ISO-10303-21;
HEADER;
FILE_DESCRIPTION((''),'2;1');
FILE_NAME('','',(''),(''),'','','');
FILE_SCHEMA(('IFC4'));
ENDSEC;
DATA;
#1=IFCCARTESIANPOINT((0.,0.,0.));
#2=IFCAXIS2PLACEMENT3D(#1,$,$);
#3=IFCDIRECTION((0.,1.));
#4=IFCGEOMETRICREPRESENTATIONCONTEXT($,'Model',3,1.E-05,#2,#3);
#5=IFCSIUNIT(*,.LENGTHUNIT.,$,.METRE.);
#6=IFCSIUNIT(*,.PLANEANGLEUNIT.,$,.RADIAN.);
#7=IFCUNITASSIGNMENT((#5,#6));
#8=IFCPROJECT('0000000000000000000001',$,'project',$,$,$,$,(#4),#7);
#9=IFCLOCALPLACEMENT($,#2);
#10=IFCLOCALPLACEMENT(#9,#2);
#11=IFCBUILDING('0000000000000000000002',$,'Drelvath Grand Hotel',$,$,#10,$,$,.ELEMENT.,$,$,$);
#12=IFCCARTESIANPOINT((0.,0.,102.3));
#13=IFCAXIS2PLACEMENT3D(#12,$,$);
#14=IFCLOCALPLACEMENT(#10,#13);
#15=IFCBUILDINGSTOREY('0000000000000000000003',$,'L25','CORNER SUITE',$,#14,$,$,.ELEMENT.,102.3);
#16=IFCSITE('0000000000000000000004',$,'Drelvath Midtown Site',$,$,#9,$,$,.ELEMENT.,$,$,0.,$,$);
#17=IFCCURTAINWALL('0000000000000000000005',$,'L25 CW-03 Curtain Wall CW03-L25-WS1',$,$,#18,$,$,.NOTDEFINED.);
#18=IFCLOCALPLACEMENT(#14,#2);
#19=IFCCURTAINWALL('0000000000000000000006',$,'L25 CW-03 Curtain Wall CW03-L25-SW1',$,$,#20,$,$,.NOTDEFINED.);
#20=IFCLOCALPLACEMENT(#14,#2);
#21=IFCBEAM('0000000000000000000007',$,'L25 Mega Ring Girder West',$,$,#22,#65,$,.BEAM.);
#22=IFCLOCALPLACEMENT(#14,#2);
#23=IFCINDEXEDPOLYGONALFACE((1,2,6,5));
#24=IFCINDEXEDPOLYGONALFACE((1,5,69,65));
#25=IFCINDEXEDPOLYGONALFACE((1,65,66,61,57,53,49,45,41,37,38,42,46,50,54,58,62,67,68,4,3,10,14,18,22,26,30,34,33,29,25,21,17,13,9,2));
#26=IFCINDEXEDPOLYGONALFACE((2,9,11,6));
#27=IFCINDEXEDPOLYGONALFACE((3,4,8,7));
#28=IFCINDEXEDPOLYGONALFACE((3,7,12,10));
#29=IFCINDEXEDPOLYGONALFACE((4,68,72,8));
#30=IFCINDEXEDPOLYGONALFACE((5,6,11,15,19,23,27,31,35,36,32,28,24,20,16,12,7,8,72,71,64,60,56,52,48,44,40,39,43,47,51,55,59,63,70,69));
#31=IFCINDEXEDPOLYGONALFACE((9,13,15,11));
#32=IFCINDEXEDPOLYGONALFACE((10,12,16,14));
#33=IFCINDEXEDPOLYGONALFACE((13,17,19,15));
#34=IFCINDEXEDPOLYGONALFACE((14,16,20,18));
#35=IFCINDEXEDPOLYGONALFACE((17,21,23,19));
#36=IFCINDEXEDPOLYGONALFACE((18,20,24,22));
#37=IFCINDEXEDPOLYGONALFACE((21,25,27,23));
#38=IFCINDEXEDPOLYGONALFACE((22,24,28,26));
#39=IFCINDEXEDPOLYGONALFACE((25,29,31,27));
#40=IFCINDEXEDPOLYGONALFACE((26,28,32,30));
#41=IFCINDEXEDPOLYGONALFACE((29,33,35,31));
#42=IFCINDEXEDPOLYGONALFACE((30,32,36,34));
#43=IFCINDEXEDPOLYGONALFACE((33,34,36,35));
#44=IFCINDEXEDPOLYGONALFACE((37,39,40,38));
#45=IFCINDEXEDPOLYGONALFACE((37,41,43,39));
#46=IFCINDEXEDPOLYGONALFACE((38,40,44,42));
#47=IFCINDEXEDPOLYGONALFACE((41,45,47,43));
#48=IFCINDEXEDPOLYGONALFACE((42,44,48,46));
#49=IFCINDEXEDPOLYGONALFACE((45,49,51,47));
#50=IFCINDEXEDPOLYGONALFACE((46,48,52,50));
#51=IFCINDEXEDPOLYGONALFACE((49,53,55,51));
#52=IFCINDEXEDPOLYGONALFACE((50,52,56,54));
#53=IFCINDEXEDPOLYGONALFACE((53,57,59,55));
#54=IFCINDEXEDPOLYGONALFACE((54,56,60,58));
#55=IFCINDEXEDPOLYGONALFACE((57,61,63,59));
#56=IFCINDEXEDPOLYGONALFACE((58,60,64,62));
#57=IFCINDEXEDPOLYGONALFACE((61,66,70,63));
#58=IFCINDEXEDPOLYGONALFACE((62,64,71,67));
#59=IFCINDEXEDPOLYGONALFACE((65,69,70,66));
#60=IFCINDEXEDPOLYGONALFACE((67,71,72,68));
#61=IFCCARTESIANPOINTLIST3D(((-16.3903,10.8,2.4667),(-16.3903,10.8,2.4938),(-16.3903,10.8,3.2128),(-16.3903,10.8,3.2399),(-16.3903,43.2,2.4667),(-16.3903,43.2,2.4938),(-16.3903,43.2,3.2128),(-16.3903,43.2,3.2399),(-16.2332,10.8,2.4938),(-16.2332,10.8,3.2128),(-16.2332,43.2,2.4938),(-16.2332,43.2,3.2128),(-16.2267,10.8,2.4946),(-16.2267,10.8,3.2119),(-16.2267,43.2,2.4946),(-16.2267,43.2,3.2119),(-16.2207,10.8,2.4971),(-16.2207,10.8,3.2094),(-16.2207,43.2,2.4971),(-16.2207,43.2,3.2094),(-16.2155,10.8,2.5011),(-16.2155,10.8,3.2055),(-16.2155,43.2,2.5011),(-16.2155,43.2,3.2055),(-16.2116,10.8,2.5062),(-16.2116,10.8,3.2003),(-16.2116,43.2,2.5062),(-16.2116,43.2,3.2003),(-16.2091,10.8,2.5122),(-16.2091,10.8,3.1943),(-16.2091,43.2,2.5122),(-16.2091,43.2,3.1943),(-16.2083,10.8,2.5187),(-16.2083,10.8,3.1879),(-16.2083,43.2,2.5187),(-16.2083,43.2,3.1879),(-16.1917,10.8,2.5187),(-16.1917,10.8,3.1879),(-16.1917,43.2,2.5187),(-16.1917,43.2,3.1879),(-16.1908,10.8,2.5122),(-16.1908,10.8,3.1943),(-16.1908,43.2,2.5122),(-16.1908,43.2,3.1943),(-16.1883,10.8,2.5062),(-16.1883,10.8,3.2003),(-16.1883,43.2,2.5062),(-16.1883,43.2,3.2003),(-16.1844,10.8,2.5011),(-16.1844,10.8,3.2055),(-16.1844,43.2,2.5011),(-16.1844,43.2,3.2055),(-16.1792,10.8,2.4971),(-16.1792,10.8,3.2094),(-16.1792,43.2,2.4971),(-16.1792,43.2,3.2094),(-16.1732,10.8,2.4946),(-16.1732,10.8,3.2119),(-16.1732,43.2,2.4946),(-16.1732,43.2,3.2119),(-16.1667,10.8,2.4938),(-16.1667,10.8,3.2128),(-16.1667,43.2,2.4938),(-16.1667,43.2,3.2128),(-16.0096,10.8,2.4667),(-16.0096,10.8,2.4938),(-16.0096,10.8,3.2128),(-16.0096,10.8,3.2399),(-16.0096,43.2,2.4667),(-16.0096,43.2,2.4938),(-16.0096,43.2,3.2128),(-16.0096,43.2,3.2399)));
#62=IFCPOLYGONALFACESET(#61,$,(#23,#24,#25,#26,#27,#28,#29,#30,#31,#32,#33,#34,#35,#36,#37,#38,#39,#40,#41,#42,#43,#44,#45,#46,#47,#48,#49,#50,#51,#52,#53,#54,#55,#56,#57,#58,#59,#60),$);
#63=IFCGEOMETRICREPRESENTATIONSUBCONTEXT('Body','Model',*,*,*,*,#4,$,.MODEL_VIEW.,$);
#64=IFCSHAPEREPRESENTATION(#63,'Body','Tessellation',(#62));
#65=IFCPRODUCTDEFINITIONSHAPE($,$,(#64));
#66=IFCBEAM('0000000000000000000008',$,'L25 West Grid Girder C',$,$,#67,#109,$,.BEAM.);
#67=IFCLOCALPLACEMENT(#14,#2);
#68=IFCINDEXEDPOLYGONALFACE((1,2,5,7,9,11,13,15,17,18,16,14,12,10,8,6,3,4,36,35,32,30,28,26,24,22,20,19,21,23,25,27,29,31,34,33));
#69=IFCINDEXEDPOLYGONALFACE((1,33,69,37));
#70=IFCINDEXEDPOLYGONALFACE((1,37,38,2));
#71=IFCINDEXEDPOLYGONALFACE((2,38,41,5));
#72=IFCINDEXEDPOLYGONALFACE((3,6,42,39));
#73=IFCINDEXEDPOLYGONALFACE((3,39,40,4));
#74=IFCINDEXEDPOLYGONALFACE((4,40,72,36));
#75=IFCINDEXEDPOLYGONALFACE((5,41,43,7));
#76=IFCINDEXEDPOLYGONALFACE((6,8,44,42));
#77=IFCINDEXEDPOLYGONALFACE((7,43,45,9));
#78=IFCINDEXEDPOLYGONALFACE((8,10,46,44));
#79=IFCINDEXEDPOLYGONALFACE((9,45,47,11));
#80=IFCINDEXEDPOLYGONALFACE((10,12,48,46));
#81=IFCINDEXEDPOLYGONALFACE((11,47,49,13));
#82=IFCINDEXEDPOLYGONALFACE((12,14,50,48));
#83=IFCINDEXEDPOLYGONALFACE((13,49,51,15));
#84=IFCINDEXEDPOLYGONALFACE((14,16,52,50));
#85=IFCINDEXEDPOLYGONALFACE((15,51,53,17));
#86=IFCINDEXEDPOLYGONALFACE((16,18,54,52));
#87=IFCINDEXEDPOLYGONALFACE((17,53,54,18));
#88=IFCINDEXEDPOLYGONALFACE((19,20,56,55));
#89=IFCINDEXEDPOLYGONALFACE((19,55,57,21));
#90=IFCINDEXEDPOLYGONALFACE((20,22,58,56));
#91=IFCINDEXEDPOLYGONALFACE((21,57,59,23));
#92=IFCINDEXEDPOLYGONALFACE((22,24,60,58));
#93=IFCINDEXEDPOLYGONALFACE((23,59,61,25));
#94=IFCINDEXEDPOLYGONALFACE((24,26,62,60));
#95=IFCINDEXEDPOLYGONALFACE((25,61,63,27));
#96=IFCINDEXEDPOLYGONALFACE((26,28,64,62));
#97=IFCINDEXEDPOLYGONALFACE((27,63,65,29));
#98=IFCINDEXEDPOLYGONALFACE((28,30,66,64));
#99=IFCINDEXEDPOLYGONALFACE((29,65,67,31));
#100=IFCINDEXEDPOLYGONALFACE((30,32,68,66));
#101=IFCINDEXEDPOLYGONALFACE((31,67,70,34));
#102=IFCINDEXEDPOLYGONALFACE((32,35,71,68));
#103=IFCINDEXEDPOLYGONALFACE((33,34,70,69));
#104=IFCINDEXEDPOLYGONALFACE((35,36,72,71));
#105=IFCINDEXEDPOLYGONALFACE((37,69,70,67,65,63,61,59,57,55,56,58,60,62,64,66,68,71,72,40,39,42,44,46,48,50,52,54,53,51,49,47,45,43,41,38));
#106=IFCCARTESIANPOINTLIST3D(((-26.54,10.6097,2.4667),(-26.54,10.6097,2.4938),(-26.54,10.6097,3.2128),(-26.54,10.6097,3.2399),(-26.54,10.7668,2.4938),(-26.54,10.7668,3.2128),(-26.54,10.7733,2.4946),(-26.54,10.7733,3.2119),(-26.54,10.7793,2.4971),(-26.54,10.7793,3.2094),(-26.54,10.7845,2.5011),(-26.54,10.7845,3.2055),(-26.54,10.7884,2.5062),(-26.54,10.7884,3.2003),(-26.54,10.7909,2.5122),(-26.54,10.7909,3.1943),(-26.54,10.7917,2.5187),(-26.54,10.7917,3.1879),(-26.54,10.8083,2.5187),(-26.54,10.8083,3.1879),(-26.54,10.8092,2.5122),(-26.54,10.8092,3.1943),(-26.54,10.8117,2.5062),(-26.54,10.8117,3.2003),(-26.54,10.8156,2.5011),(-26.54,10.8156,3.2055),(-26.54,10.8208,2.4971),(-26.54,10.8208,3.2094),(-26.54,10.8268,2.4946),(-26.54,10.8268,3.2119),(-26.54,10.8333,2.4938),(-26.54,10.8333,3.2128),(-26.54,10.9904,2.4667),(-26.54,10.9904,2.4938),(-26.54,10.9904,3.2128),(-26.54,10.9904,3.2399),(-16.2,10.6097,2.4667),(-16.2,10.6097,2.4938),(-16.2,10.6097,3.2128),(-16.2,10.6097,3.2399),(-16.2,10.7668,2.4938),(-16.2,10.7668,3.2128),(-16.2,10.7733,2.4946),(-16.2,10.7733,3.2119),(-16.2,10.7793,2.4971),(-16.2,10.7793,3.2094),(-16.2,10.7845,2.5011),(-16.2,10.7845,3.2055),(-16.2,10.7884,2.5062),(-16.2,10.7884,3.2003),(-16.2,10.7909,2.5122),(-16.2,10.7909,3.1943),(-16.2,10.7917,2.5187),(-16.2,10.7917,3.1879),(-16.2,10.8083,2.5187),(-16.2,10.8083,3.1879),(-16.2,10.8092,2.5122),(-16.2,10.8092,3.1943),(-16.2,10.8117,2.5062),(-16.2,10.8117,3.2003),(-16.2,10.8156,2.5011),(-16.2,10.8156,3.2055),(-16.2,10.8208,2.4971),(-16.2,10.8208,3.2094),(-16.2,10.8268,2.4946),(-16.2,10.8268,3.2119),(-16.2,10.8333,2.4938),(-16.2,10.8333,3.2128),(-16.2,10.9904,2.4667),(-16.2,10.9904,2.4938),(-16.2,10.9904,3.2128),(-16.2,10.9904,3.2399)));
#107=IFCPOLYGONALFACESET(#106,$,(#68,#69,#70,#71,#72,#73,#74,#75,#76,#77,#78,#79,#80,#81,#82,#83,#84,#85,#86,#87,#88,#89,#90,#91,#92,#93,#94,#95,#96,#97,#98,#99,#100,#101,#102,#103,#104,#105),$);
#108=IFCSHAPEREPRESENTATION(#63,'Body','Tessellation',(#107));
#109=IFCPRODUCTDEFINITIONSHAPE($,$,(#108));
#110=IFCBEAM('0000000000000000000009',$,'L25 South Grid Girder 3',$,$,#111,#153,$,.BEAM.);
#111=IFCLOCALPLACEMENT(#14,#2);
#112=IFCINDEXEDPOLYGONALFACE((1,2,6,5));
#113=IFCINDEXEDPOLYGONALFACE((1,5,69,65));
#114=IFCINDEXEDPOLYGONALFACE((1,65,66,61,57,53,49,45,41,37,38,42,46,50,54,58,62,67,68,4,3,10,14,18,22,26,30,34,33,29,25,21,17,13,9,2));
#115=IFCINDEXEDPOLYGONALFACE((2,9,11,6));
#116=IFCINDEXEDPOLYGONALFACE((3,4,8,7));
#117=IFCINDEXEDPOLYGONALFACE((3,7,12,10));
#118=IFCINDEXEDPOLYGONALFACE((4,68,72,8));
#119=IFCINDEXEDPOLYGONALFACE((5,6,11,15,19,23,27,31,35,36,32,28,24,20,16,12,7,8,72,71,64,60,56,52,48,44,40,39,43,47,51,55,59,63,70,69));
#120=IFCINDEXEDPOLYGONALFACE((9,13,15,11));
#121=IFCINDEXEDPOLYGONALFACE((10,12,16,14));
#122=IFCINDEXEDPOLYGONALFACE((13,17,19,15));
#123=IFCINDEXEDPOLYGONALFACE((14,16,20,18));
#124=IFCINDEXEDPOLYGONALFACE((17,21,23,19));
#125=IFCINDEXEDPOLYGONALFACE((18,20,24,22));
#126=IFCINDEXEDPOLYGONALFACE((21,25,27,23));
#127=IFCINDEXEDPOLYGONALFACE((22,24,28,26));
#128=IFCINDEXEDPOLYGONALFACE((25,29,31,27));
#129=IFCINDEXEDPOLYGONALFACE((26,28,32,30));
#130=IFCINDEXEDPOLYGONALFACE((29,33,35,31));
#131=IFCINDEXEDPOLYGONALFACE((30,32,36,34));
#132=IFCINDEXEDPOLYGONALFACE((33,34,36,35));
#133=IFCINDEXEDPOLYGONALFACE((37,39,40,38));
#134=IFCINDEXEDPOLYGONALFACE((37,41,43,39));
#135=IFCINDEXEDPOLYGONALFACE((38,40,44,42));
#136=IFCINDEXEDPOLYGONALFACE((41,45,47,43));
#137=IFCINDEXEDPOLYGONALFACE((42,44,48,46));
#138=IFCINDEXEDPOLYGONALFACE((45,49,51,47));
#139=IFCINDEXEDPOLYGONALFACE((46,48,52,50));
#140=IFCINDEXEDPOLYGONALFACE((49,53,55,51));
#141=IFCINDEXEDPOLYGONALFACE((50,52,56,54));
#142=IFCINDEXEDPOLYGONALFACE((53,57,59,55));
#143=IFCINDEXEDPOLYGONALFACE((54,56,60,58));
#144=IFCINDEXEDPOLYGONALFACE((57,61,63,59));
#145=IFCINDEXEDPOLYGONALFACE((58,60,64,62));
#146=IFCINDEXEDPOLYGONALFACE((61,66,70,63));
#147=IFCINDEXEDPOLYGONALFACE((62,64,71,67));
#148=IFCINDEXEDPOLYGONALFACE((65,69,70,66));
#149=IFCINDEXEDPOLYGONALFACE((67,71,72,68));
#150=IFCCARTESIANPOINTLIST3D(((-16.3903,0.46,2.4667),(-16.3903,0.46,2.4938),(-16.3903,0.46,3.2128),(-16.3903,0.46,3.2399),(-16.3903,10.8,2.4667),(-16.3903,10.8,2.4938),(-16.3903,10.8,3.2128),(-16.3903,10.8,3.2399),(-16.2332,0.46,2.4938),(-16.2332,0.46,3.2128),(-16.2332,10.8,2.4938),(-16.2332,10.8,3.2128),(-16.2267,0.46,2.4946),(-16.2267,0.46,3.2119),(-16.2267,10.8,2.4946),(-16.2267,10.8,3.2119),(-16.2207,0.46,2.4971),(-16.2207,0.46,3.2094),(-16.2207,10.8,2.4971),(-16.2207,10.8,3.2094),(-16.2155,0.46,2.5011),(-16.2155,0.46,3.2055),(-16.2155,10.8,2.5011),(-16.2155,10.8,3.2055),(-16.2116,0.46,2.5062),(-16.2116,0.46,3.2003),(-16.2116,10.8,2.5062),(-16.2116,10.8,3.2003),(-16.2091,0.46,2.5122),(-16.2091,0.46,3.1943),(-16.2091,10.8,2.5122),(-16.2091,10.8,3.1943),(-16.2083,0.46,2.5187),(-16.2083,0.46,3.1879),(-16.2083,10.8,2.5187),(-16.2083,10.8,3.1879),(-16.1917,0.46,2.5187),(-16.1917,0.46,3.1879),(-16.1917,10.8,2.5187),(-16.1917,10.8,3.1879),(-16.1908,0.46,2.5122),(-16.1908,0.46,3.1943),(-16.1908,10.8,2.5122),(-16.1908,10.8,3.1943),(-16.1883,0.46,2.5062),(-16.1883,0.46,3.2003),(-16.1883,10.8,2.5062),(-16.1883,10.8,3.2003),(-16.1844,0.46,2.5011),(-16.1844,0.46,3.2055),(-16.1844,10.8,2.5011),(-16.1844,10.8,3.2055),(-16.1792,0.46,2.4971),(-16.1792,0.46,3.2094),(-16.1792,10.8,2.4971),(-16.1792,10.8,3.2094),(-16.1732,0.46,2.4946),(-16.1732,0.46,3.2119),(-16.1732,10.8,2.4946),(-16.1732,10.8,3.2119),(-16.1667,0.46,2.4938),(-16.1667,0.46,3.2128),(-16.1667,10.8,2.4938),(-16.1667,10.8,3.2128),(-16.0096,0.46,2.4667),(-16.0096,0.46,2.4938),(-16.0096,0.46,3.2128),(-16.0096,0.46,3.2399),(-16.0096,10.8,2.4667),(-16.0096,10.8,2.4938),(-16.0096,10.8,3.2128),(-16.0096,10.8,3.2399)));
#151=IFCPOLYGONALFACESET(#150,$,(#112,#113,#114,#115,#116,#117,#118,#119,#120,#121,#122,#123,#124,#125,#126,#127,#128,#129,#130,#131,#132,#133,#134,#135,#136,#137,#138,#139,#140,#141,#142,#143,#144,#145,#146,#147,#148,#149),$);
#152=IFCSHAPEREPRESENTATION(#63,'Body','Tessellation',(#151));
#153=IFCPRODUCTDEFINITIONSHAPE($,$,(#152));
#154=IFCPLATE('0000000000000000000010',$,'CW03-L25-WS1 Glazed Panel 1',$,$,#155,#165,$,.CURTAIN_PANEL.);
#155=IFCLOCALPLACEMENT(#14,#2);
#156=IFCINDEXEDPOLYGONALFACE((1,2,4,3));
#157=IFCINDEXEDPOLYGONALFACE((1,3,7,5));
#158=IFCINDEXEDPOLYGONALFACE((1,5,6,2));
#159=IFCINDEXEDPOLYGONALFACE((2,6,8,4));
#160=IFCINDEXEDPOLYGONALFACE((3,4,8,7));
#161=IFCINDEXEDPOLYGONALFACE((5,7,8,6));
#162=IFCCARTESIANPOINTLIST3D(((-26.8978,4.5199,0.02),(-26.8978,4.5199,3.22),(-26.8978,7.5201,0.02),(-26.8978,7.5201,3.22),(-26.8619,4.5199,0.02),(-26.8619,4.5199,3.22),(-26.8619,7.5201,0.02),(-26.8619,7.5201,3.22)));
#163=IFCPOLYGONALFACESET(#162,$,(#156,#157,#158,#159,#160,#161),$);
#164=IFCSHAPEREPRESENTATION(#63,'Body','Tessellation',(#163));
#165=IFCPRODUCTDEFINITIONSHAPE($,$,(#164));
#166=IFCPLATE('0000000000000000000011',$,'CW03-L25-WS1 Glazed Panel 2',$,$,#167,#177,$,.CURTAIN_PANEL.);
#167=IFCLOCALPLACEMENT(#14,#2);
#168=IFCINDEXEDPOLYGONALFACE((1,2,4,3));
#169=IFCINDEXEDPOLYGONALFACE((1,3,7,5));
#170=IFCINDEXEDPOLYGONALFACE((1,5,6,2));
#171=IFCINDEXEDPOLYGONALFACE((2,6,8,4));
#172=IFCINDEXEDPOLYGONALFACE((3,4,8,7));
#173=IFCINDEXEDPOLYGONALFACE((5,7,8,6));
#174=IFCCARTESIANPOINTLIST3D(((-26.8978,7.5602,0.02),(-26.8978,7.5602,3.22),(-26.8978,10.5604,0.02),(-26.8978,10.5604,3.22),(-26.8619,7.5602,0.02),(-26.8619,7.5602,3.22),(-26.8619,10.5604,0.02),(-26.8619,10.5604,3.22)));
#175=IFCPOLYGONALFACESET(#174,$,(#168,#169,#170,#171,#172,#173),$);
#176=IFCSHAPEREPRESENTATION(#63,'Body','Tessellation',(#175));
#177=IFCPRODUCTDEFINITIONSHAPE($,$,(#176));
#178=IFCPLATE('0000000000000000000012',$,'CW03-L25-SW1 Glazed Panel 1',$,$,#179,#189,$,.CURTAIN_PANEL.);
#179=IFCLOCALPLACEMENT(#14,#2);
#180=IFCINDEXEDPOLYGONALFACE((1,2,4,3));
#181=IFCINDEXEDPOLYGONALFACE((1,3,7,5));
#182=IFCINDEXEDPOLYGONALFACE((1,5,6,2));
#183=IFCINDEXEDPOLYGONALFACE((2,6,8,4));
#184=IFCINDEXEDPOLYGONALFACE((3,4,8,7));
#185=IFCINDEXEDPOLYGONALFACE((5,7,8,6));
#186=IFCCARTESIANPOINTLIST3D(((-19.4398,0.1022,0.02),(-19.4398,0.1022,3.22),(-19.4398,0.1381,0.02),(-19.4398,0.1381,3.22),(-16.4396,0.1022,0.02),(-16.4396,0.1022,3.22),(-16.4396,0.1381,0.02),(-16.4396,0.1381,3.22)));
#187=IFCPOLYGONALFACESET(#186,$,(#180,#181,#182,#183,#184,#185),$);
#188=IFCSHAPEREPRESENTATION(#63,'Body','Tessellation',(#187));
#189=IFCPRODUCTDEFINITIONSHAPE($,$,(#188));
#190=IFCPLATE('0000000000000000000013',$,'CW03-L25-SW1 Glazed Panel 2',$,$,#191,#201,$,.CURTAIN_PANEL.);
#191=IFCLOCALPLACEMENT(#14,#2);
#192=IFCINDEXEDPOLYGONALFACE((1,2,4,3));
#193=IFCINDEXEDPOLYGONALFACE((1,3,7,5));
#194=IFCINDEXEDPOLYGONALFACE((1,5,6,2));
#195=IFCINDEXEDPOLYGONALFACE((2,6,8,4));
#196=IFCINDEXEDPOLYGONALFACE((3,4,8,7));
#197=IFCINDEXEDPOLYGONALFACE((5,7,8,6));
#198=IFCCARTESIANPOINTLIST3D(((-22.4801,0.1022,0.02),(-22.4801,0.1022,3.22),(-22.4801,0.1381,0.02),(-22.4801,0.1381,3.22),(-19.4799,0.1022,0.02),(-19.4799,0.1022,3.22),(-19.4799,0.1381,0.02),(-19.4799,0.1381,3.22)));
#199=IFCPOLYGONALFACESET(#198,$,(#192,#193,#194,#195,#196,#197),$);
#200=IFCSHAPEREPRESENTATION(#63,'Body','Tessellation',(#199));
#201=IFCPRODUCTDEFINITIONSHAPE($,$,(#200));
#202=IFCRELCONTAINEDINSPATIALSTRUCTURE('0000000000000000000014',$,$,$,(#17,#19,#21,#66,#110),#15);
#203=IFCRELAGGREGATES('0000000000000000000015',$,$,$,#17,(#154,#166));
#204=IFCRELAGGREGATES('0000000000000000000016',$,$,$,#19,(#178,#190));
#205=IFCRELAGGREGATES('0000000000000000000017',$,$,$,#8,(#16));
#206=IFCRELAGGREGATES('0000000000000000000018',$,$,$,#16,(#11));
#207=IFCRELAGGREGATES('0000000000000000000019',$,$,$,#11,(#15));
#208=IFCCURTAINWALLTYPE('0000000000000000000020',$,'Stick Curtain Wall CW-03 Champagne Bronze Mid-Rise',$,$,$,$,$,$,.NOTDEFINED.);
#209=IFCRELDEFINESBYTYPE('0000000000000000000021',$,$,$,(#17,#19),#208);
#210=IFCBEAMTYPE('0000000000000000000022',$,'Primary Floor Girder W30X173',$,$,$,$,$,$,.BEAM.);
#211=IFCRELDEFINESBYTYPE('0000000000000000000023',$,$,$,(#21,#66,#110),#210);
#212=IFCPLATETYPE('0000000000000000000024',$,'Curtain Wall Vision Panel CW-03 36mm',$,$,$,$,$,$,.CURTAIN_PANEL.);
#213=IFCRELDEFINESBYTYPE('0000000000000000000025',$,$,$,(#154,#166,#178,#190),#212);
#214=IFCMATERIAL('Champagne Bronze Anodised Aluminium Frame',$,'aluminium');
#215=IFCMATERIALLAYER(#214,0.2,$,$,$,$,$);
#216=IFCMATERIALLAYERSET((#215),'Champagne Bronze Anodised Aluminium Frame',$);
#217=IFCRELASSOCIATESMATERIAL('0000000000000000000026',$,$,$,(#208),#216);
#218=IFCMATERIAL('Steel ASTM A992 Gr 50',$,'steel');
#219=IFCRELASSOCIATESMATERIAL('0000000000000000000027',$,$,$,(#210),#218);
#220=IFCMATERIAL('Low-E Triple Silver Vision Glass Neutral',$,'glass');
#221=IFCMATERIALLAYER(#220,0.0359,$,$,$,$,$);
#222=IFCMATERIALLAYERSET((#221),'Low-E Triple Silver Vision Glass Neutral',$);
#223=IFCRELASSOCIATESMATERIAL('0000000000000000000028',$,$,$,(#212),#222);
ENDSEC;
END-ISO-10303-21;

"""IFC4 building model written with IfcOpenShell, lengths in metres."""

from ifc_helpers import new_model, si_unit, direction, frame, origin, origin_2d, place, context, subcontext, project, spatial, rectangle, i_section, extrude, material, layer, layer_set, material_profile, profile_set, type_object, element, aggregate, save


model = new_model("IFC4")

# Units and contexts
model_context = context("Model", 3, precision=1e-05, world=origin(), true_north=direction((0.0, 1.0)))
body_context = subcontext(model_context, "Body", "Model", "MODEL_VIEW")
ifc_project = project(units=[si_unit("LENGTHUNIT", "METRE"), si_unit("PLANEANGLEUNIT", "RADIAN")], contexts=[model_context])

# Site, building, storey
site_placement = place(None, origin())
site = spatial("IfcSite", under=ifc_project, at=site_placement, Name="Drelvath Midtown Site", CompositionType="ELEMENT", RefElevation=0.0)
building_placement = place(site_placement, origin())
building = spatial("IfcBuilding", under=site, at=building_placement, Name="Drelvath Grand Hotel", CompositionType="ELEMENT")
storey_placement = place(building_placement, frame((0.0, 0.0, 102.3)))
storey = spatial("IfcBuildingStorey", under=building, at=storey_placement, Name="L25", Description="CORNER SUITE", CompositionType="ELEMENT", Elevation=102.3)

# Curtain walls
ifc_material_1 = material(Name="Champagne Bronze Anodised Aluminium Frame", Category="aluminium")
ifc_layer_1 = layer(ifc_material_1, 0.2)
ifc_layer_set_1 = layer_set([ifc_layer_1], Name="Champagne Bronze Anodised Aluminium Frame")
curtain_wall_type = type_object("IfcCurtainWallType", Name="Stick Curtain Wall CW-03 Champagne Bronze Mid-Rise", PredefinedType="NOTDEFINED", material=ifc_layer_set_1)
curtain_wall_1_placement = place(storey_placement, origin())
curtain_wall_1 = element("IfcCurtainWall", 1, at=curtain_wall_1_placement, inside=storey, type_object=curtain_wall_type, Name="L25 CW-03 Curtain Wall CW03-L25-WS1", PredefinedType="NOTDEFINED")
curtain_wall_2_placement = place(storey_placement, origin())
curtain_wall_2 = element("IfcCurtainWall", 2, at=curtain_wall_2_placement, inside=storey, type_object=curtain_wall_type, Name="L25 CW-03 Curtain Wall CW03-L25-SW1", PredefinedType="NOTDEFINED")

# Beams
ifc_material_2 = material(Name="Steel ASTM A992 Gr 50", Category="steel")
ifc_material_profile_1 = material_profile(ifc_material_2, i_section(OverallWidth=0.3806, OverallDepth=0.7732, WebThickness=0.0166, FlangeThickness=0.0271, FilletRadius=0.0249, at=origin_2d()), Name="W30X173")
ifc_profile_set_1 = profile_set([ifc_material_profile_1], Name="Steel ASTM A992 Gr 50")
beam_type_1 = type_object("IfcBeamType", Name="Primary Floor Girder W30X173", PredefinedType="BEAM", material=ifc_profile_set_1)
for number, where, z_axis, x_axis, name in (
    (3, (-16.2, 10.8, 2.8533), (0.0, 1.0, 0.0), (-1.0, 0.0, 0.0), "L25 Mega Ring Girder West"),
):
    element("IfcBeam", number, at=place(storey_placement, frame(where, z_axis=z_axis, x_axis=x_axis)), inside=storey, type_object=beam_type_1, Name=name, PredefinedType="BEAM", context=body_context, shape_type="SweptSolid", body=[
        extrude(i_section(OverallWidth=0.3806, OverallDepth=0.7732, WebThickness=0.0166, FlangeThickness=0.0271, FilletRadius=0.0249, at=origin_2d()), origin(), (0.0, 0.0, 1.0), 32.3999),
    ])
for number, where, z_axis, x_axis, name in (
    (4, (-26.54, 10.8, 2.8533), (1.0, 0.0, 0.0), (0.0, 1.0, 0.0), "L25 West Grid Girder C"),
    (5, (-16.2, 0.46, 2.8533), (0.0, 1.0, 0.0), (-1.0, 0.0, 0.0), "L25 South Grid Girder 3"),
):
    element("IfcBeam", number, at=place(storey_placement, frame(where, z_axis=z_axis, x_axis=x_axis)), inside=storey, type_object=beam_type_1, Name=name, PredefinedType="BEAM", context=body_context, shape_type="SweptSolid", body=[
        extrude(i_section(OverallWidth=0.3806, OverallDepth=0.7732, WebThickness=0.0166, FlangeThickness=0.0271, FilletRadius=0.0249, at=origin_2d()), origin(), (0.0, 0.0, 1.0), 10.3401),
    ])

# Plates
ifc_material_3 = material(Name="Low-E Triple Silver Vision Glass Neutral", Category="glass")
ifc_layer_2 = layer(ifc_material_3, 0.0359)
ifc_layer_set_2 = layer_set([ifc_layer_2], Name="Low-E Triple Silver Vision Glass Neutral")
plate_type = type_object("IfcPlateType", Name="Curtain Wall Vision Panel CW-03 36mm", PredefinedType="CURTAIN_PANEL", material=ifc_layer_set_2)
plate_1_placement = place(storey_placement, frame((-26.8799, 6.02, 0.02), z_axis=(0.0, 0.0, 1.0), x_axis=(0.0, 1.0, 0.0)))
plate_1 = element("IfcPlate", 6, at=plate_1_placement, type_object=plate_type, Name="CW03-L25-WS1 Glazed Panel 1", PredefinedType="CURTAIN_PANEL", context=body_context, shape_type="SweptSolid", body=[
    extrude(rectangle(XDim=3.0002, YDim=0.0359, at=origin_2d()), origin(), (0.0, 0.0, 1.0), 3.2),
])
plate_2_placement = place(storey_placement, frame((-26.8799, 9.0603, 0.02), z_axis=(0.0, 0.0, 1.0), x_axis=(0.0, 1.0, 0.0)))
plate_2 = element("IfcPlate", 7, at=plate_2_placement, type_object=plate_type, Name="CW03-L25-WS1 Glazed Panel 2", PredefinedType="CURTAIN_PANEL", context=body_context, shape_type="SweptSolid", body=[
    extrude(rectangle(XDim=3.0002, YDim=0.0359, at=origin_2d()), origin(), (0.0, 0.0, 1.0), 3.2),
])
aggregate(curtain_wall_1, [plate_1, plate_2])
plate_3_placement = place(storey_placement, frame((-17.9397, 0.1201, 0.02), z_axis=(0.0, 0.0, 1.0), x_axis=(-1.0, 0.0, 0.0)))
plate_3 = element("IfcPlate", 8, at=plate_3_placement, type_object=plate_type, Name="CW03-L25-SW1 Glazed Panel 1", PredefinedType="CURTAIN_PANEL", context=body_context, shape_type="SweptSolid", body=[
    extrude(rectangle(XDim=3.0002, YDim=0.0359, at=origin_2d()), origin(), (0.0, 0.0, 1.0), 3.2),
])
plate_4_placement = place(storey_placement, frame((-20.98, 0.1201, 0.02), z_axis=(0.0, 0.0, 1.0), x_axis=(-1.0, 0.0, 0.0)))
plate_4 = element("IfcPlate", 9, at=plate_4_placement, type_object=plate_type, Name="CW03-L25-SW1 Glazed Panel 2", PredefinedType="CURTAIN_PANEL", context=body_context, shape_type="SweptSolid", body=[
    extrude(rectangle(XDim=3.0002, YDim=0.0359, at=origin_2d()), origin(), (0.0, 0.0, 1.0), 3.2),
])
aggregate(curtain_wall_2, [plate_3, plate_4])

save(model, "model.ifc")
